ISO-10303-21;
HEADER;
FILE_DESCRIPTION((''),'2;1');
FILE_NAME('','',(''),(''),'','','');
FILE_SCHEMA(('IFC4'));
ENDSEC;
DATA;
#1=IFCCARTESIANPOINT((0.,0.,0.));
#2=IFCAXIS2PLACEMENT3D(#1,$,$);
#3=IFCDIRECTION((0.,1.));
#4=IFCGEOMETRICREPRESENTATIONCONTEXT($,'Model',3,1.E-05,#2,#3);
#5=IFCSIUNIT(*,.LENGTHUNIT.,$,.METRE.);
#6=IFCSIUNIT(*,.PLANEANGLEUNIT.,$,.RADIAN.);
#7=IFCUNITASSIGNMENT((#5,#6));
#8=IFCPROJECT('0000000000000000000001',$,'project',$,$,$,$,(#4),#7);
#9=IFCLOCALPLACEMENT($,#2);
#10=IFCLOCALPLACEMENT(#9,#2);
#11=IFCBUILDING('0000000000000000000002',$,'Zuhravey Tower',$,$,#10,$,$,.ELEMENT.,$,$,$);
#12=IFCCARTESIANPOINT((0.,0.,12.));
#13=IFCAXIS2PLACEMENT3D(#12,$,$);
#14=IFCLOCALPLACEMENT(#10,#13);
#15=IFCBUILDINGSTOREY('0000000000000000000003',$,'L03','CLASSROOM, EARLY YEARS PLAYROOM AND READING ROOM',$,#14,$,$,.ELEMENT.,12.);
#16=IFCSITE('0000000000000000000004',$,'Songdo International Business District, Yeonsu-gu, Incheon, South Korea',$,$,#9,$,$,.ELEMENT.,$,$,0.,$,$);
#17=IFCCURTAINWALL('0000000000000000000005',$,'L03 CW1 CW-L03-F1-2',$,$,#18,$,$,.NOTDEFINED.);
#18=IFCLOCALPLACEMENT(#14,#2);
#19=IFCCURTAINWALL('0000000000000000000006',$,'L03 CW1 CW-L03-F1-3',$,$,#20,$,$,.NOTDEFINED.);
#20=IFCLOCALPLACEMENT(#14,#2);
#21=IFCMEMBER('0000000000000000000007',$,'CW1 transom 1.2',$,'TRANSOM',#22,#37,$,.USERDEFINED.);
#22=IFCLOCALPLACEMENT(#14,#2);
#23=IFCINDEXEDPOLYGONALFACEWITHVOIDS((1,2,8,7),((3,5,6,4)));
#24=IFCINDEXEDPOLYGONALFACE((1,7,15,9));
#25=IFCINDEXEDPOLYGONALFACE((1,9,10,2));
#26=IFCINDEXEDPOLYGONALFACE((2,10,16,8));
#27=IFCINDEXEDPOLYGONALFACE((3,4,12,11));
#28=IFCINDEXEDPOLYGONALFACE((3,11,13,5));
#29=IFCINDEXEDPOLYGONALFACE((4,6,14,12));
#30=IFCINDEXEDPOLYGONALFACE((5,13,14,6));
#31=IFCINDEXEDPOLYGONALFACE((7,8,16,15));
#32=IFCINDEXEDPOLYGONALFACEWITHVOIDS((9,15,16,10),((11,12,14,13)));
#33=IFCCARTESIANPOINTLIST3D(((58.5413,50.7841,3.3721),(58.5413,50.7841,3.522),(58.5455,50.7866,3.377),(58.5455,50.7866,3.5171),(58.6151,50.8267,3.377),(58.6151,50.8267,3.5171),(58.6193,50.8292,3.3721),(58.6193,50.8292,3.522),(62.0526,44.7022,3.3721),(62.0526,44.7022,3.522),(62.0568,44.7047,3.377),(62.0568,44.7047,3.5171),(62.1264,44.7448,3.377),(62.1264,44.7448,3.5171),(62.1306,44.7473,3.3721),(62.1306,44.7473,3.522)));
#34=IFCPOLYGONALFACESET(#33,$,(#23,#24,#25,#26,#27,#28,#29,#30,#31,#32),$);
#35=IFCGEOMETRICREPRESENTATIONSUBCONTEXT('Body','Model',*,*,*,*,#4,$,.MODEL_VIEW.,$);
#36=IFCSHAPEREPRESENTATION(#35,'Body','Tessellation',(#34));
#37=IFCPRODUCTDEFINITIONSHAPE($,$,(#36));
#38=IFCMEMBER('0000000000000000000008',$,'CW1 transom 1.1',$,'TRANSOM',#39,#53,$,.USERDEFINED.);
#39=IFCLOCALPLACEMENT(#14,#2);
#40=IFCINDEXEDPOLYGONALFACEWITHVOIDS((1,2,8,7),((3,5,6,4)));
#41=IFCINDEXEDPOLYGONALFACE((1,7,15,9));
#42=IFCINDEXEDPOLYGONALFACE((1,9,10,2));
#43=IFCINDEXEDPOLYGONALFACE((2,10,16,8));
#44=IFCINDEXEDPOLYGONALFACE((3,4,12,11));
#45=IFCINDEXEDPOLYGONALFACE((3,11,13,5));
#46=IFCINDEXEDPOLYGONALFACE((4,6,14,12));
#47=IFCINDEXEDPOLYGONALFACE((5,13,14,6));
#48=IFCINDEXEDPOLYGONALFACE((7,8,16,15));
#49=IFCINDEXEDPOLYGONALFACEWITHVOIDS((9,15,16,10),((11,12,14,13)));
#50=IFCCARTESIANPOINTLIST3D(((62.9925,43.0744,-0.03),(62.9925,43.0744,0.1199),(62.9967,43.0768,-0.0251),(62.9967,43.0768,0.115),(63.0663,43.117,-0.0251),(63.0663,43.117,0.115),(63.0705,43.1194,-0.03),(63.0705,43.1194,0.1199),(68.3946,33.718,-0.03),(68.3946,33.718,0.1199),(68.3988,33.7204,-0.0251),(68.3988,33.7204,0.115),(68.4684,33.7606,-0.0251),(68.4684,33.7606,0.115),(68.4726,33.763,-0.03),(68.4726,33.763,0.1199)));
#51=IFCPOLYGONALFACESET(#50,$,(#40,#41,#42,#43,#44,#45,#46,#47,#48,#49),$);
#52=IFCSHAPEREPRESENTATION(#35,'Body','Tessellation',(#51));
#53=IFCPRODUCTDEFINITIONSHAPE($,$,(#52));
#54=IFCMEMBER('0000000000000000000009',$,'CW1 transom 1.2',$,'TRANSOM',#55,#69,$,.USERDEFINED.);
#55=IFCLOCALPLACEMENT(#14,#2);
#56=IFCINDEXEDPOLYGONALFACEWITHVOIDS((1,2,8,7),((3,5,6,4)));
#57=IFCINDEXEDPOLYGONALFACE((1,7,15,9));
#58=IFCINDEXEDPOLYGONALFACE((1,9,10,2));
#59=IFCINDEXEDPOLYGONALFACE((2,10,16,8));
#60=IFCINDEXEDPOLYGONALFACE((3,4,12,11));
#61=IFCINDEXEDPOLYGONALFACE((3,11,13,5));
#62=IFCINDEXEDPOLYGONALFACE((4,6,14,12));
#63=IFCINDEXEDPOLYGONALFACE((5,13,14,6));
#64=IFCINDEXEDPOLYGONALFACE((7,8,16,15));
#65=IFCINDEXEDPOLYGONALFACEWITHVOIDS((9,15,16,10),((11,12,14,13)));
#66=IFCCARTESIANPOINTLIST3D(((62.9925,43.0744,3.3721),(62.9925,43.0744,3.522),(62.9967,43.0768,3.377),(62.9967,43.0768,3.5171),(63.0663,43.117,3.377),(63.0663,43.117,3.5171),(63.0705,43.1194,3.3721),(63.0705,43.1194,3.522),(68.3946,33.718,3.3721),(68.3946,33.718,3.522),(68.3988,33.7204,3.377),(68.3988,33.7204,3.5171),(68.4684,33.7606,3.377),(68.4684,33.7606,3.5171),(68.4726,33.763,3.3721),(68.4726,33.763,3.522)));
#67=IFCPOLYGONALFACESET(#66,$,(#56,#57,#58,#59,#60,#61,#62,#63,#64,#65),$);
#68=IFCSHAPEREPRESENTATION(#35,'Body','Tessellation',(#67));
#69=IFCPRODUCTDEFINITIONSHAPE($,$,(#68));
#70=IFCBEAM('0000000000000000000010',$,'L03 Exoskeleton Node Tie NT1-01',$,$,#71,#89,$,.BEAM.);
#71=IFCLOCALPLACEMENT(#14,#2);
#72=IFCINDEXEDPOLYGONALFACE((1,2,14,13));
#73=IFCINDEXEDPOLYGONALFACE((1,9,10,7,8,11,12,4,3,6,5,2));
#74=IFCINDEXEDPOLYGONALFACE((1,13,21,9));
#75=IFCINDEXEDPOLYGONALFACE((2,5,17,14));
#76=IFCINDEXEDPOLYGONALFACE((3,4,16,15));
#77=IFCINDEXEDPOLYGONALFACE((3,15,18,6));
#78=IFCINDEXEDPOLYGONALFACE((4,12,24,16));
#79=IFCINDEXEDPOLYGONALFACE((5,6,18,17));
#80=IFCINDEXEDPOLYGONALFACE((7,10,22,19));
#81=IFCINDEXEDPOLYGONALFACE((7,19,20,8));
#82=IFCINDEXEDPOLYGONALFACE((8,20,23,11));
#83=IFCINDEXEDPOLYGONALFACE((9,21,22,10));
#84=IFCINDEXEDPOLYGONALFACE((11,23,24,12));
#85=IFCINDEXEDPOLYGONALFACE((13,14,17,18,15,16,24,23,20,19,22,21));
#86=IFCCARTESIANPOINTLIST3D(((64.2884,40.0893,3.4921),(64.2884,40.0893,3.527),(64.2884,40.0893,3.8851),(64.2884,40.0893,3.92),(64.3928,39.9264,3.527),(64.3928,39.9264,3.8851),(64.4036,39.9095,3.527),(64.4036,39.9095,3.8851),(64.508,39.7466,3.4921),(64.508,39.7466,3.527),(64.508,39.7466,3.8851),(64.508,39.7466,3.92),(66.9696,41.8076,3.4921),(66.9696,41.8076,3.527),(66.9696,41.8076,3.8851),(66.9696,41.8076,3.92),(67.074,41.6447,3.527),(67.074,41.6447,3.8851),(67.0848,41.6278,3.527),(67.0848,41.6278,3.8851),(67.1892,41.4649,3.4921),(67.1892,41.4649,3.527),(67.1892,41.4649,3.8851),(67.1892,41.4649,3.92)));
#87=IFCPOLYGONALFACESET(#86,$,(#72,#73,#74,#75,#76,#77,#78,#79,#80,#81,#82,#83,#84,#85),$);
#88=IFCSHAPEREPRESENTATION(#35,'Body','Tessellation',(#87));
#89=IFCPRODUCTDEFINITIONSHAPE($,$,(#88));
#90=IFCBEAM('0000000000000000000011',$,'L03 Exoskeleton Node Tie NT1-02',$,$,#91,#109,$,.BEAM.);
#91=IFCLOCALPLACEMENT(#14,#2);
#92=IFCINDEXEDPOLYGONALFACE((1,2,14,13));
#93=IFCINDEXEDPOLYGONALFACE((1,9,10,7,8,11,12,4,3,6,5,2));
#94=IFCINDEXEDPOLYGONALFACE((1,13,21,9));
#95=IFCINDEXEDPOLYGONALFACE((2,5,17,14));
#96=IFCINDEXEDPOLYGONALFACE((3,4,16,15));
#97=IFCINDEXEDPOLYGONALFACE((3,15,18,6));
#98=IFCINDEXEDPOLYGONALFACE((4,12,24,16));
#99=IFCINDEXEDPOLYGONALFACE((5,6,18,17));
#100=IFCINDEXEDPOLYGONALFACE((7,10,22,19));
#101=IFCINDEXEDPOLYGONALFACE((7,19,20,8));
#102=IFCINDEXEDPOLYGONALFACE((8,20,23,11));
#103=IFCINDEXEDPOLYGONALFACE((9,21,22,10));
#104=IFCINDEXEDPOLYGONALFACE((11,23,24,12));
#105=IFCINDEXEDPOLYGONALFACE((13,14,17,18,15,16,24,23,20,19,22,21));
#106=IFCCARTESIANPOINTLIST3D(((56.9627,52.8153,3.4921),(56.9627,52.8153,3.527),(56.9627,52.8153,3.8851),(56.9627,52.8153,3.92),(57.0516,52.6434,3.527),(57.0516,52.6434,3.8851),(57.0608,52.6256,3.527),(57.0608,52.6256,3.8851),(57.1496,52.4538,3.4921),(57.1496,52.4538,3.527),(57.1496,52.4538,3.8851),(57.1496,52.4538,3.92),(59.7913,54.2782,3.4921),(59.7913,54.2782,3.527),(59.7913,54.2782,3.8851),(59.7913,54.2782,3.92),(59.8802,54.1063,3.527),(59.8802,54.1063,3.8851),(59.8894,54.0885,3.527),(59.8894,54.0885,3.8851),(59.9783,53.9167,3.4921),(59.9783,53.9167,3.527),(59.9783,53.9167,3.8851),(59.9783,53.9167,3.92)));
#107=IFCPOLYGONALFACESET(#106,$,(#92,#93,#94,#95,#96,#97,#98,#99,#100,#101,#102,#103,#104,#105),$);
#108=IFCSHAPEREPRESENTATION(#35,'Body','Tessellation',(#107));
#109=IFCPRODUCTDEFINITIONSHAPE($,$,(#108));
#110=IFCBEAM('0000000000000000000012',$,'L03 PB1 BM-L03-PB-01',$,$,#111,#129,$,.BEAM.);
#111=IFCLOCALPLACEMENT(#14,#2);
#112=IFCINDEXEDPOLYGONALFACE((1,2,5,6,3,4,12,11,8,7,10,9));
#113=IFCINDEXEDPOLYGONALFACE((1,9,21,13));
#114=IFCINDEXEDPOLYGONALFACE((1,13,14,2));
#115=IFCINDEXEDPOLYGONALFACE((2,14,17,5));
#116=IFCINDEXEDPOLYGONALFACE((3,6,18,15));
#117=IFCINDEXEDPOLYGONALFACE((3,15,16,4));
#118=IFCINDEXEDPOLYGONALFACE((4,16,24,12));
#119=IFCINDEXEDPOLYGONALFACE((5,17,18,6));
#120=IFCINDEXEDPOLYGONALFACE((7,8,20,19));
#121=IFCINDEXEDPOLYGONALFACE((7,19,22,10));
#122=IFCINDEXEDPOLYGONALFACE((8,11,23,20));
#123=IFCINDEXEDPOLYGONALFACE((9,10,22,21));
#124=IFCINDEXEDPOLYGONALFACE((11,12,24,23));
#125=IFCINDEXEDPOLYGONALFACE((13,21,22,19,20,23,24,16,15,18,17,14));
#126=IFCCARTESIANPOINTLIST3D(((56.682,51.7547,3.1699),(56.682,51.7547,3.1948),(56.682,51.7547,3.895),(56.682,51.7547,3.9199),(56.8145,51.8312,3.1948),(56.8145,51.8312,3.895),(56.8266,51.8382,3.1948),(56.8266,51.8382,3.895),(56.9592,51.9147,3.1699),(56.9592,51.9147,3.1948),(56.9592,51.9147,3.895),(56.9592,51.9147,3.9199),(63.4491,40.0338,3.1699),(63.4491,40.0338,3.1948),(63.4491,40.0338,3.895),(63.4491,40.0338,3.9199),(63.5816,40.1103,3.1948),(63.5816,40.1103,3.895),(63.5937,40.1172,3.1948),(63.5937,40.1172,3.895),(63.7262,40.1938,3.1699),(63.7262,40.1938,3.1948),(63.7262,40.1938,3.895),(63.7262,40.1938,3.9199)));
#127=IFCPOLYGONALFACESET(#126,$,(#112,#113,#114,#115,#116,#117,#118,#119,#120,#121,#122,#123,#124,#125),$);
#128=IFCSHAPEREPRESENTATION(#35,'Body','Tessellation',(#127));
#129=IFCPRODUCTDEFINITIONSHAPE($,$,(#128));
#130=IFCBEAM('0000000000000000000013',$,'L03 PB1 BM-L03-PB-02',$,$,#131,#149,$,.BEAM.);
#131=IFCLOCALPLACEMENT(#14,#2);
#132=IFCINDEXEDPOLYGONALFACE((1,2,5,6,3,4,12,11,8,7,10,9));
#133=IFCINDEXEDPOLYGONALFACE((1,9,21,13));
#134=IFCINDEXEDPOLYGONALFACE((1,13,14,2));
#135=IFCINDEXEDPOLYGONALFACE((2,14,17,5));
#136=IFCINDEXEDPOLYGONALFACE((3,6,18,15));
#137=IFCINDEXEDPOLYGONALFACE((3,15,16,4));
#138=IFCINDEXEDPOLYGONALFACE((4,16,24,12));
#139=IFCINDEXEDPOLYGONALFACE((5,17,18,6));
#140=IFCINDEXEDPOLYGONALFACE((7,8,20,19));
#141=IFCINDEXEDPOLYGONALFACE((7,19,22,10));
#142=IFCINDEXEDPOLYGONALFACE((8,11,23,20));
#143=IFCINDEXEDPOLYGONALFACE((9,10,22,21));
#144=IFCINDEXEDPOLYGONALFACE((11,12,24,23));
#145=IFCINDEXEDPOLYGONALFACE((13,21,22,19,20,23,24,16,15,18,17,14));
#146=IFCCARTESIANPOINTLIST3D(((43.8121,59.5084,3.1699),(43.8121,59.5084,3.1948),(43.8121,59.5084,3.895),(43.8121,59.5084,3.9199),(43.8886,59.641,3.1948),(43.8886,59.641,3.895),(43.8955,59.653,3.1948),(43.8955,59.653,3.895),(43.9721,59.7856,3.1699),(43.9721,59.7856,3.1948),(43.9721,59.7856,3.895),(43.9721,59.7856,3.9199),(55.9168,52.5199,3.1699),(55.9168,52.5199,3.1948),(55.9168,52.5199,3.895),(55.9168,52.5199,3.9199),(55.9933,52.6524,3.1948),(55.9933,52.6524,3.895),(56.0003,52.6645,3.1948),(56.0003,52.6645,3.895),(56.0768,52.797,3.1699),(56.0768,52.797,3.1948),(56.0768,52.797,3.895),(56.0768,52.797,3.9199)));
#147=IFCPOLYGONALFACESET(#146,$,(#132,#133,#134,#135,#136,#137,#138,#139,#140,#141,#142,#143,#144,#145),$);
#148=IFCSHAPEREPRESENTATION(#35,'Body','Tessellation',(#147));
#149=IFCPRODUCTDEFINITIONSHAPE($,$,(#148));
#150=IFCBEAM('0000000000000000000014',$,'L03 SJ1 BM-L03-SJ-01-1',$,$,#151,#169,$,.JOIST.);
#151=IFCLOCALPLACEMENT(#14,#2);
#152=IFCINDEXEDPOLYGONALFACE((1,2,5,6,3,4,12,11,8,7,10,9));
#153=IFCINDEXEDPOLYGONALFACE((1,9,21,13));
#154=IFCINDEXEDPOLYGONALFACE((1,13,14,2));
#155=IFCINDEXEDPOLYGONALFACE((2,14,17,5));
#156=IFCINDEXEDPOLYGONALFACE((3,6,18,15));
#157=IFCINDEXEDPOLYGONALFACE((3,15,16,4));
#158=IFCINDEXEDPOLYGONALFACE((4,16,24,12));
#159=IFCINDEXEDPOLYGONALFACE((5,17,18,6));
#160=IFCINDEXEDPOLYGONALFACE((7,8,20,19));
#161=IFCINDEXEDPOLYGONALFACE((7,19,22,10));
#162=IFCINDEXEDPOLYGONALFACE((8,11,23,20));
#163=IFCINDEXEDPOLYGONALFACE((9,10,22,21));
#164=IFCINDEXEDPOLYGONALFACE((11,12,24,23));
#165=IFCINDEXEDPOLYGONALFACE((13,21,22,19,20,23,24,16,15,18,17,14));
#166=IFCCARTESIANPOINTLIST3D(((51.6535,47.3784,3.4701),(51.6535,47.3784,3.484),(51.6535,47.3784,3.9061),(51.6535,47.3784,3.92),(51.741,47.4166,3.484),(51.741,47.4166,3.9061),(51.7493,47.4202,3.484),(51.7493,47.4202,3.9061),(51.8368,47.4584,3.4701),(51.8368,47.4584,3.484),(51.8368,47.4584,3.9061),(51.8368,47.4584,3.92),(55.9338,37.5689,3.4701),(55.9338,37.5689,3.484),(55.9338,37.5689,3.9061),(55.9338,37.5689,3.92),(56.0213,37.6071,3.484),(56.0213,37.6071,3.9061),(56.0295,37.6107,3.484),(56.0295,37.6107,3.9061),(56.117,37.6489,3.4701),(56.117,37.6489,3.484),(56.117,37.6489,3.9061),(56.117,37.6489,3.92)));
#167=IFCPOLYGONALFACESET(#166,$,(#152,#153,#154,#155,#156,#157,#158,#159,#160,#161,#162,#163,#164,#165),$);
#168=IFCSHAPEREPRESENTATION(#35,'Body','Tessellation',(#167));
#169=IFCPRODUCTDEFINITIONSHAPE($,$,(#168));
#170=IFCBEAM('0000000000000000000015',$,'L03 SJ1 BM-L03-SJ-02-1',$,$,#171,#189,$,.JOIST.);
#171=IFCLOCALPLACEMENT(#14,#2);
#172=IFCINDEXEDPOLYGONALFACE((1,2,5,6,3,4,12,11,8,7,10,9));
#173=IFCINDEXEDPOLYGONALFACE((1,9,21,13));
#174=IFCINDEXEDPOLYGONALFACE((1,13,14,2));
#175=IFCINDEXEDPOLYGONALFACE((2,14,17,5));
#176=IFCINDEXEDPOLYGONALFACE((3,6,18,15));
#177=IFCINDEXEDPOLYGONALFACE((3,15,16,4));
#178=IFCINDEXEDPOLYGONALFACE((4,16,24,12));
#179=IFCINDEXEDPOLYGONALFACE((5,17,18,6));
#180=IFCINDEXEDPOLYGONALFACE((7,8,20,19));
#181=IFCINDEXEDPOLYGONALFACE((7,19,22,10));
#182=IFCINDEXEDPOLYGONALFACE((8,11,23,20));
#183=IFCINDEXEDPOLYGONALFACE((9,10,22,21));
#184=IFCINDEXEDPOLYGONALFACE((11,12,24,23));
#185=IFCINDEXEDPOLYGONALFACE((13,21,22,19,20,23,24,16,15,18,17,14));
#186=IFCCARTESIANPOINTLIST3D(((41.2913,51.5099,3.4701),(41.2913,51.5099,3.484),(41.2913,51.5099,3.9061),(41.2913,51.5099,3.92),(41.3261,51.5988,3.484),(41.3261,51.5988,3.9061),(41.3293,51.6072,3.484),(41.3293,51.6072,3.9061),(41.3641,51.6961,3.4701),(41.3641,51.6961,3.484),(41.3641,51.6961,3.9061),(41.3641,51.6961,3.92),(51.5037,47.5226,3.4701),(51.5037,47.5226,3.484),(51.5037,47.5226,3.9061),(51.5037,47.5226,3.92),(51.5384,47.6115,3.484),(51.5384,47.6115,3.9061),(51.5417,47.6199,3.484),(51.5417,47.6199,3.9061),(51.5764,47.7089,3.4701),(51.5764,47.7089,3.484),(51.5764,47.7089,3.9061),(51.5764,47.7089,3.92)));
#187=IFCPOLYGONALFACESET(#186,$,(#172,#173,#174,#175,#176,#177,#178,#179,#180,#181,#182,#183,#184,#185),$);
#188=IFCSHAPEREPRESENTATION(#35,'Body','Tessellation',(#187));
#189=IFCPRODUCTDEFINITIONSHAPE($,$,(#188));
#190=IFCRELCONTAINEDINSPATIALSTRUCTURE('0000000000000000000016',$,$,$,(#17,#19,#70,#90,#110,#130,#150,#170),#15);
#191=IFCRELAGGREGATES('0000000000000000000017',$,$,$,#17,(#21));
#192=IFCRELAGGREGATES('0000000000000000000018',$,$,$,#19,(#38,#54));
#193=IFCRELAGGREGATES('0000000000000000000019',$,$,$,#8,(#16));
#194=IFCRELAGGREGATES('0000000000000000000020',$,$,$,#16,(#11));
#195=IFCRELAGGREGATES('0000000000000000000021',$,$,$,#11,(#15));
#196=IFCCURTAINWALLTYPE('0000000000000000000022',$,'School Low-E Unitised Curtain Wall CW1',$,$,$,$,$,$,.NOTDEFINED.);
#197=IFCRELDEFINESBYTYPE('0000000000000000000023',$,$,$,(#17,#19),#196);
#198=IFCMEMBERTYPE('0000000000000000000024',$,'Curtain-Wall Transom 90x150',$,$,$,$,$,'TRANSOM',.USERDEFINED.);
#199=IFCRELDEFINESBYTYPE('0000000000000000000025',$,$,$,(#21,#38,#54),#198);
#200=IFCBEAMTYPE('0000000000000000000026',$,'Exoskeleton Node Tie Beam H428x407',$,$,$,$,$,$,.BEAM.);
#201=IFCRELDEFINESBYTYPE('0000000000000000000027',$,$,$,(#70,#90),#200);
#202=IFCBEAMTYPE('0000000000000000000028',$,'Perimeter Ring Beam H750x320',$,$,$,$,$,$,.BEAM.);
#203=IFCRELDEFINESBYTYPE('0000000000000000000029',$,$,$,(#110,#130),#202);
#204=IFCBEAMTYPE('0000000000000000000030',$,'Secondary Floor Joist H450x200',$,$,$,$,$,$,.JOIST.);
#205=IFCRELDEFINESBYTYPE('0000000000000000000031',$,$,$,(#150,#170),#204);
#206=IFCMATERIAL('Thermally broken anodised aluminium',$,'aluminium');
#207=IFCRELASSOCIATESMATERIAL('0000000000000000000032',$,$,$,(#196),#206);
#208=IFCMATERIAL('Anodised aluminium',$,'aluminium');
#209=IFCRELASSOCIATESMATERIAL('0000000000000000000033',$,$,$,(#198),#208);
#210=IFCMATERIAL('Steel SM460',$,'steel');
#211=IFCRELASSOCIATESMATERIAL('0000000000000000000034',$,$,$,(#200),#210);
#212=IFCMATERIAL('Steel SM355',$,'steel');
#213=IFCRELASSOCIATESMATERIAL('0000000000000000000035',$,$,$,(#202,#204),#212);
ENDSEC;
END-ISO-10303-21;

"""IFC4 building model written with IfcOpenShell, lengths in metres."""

from ifc_helpers import new_model, si_unit, direction, frame, origin, origin_2d, place, context, subcontext, project, spatial, hollow_rectangle, i_section, extrude, material, material_profile, profile_set, type_object, element, aggregate, save


model = new_model("IFC4")

# Units and contexts
model_context = context("Model", 3, precision=1e-05, world=origin(), true_north=direction((0.0, 1.0)))
body_context = subcontext(model_context, "Body", "Model", "MODEL_VIEW")
ifc_project = project(units=[si_unit("LENGTHUNIT", "METRE"), si_unit("PLANEANGLEUNIT", "RADIAN")], contexts=[model_context])

# Site, building, storey
site_placement = place(None, origin())
site = spatial("IfcSite", under=ifc_project, at=site_placement, Name="Songdo International Business District, Yeonsu-gu, Incheon, South Korea", CompositionType="ELEMENT", RefElevation=0.0)
building_placement = place(site_placement, origin())
building = spatial("IfcBuilding", under=site, at=building_placement, Name="Zuhravey Tower", CompositionType="ELEMENT")
storey_placement = place(building_placement, frame((0.0, 0.0, 12.0)))
storey = spatial("IfcBuildingStorey", under=building, at=storey_placement, Name="L03", Description="CLASSROOM, EARLY YEARS PLAYROOM AND READING ROOM", CompositionType="ELEMENT", Elevation=12.0)

# Shared definitions
ifc_material_1 = material(Name="Thermally broken anodised aluminium", Category="aluminium")
curtain_wall_type = type_object("IfcCurtainWallType", Name="School Low-E Unitised Curtain Wall CW1", PredefinedType="NOTDEFINED", material=ifc_material_1)
ifc_material_2 = material(Name="Anodised aluminium", Category="aluminium")

# Curtain wall
curtain_wall_1_placement = place(storey_placement, origin())
curtain_wall_1 = element("IfcCurtainWall", 1, at=curtain_wall_1_placement, inside=storey, type_object=curtain_wall_type, Name="L03 CW1 CW-L03-F1-2", PredefinedType="NOTDEFINED")

# Curtain wall
curtain_wall_2_placement = place(storey_placement, origin())
curtain_wall_2 = element("IfcCurtainWall", 2, at=curtain_wall_2_placement, inside=storey, type_object=curtain_wall_type, Name="L03 CW1 CW-L03-F1-3", PredefinedType="NOTDEFINED")

# Members
ifc_material_profile_1 = material_profile(ifc_material_2, hollow_rectangle(XDim=0.0901, YDim=0.1499, WallThickness=0.0049, at=origin_2d()), Name="ALU-RHS-90x150x5")
ifc_profile_set_1 = profile_set([ifc_material_profile_1], Name="Anodised aluminium")
member_type_1 = type_object("IfcMemberType", Name="Curtain-Wall Transom 90x150", ElementType="TRANSOM", PredefinedType="USERDEFINED", material=ifc_profile_set_1)
member_1_placement = place(storey_placement, frame((58.5803, 50.8066, 3.447), z_axis=(0.49999, -0.866031, 0.0), x_axis=(0.866031, 0.49999, 0.0)))
member_1 = element("IfcMember", 3, at=member_1_placement, type_object=member_type_1, Name="CW1 transom 1.2", ObjectType="TRANSOM", PredefinedType="USERDEFINED", context=body_context, shape_type="SweptSolid", body=[
    extrude(hollow_rectangle(XDim=0.0901, YDim=0.1499, WallThickness=0.0049, at=origin_2d()), origin(), (0.0, 0.0, 1.0), 7.0227),
])
member_2_placement = place(storey_placement, frame((63.0315, 43.0969, 0.0449), z_axis=(0.500011, -0.866019, 0.0), x_axis=(0.866019, 0.500011, 0.0)))
member_2 = element("IfcMember", 4, at=member_2_placement, type_object=member_type_1, Name="CW1 transom 1.1", ObjectType="TRANSOM", PredefinedType="USERDEFINED", context=body_context, shape_type="SweptSolid", body=[
    extrude(hollow_rectangle(XDim=0.0901, YDim=0.1499, WallThickness=0.0049, at=origin_2d()), origin(), (0.0, 0.0, 1.0), 10.804),
])
member_3_placement = place(storey_placement, frame((63.0315, 43.0969, 3.447), z_axis=(0.500011, -0.866019, 0.0), x_axis=(0.866019, 0.500011, 0.0)))
member_3 = element("IfcMember", 5, at=member_3_placement, type_object=member_type_1, Name="CW1 transom 1.2", ObjectType="TRANSOM", PredefinedType="USERDEFINED", context=body_context, shape_type="SweptSolid", body=[
    extrude(hollow_rectangle(XDim=0.0901, YDim=0.1499, WallThickness=0.0049, at=origin_2d()), origin(), (0.0, 0.0, 1.0), 10.804),
])

# Beams
ifc_material_3 = material(Name="Steel SM460", Category="steel")
ifc_material_profile_2 = material_profile(ifc_material_3, i_section(OverallWidth=0.407, OverallDepth=0.428, WebThickness=0.02, FlangeThickness=0.0349, at=origin_2d()), Name="H-428x407x20x35")
ifc_profile_set_2 = profile_set([ifc_material_profile_2], Name="Steel SM460")
beam_type_1 = type_object("IfcBeamType", Name="Exoskeleton Node Tie Beam H428x407", PredefinedType="BEAM", material=ifc_profile_set_2)
for number, where, z_axis, x_axis, name in (
    (6, (64.3982, 39.918, 3.7061), (0.84194, 0.539571, 0.0), (-0.539571, 0.84194, 0.0), "L03 Exoskeleton Node Tie NT1-01"),
    (7, (57.0562, 52.6345, 3.7061), (0.888241, 0.459377, 0.0), (-0.459377, 0.888241, 0.0), "L03 Exoskeleton Node Tie NT1-02"),
):
    element("IfcBeam", number, at=place(storey_placement, frame(where, z_axis=z_axis, x_axis=x_axis)), inside=storey, type_object=beam_type_1, Name=name, PredefinedType="BEAM", context=body_context, shape_type="SweptSolid", body=[
        extrude(i_section(OverallWidth=0.407, OverallDepth=0.428, WebThickness=0.02, FlangeThickness=0.0349, at=origin_2d()), origin(), (0.0, 0.0, 1.0), 3.1846),
    ])
ifc_material_4 = material(Name="Steel SM355", Category="steel")
ifc_material_profile_3 = material_profile(ifc_material_4, i_section(OverallWidth=0.3201, OverallDepth=0.75, WebThickness=0.0139, FlangeThickness=0.0249, at=origin_2d()), Name="H-750x320x14x25")
ifc_profile_set_3 = profile_set([ifc_material_profile_3], Name="Steel SM355")
beam_type_2 = type_object("IfcBeamType", Name="Perimeter Ring Beam H750x320", PredefinedType="BEAM", material=ifc_profile_set_3)
beam_1_placement = place(storey_placement, frame((63.5876, 40.1138, 3.5449), z_axis=(-0.5, 0.866025, 0.0), x_axis=(-0.866025, -0.5, 0.0)))
element("IfcBeam", 8, at=beam_1_placement, inside=storey, type_object=beam_type_2, Name="L03 PB1 BM-L03-PB-01", PredefinedType="BEAM", context=body_context, shape_type="SweptSolid", body=[
    extrude(i_section(OverallWidth=0.3201, OverallDepth=0.75, WebThickness=0.0139, FlangeThickness=0.0249, at=origin_2d()), origin(), (0.0, 0.0, 1.0), 13.5342),
])
beam_2_placement = place(storey_placement, frame((55.9968, 52.6584, 3.5449), z_axis=(-0.86603, 0.499992, 0.0), x_axis=(-0.499992, -0.86603, 0.0)))
element("IfcBeam", 9, at=beam_2_placement, inside=storey, type_object=beam_type_2, Name="L03 PB1 BM-L03-PB-02", PredefinedType="BEAM", context=body_context, shape_type="SweptSolid", body=[
    extrude(i_section(OverallWidth=0.3201, OverallDepth=0.75, WebThickness=0.0139, FlangeThickness=0.0249, at=origin_2d()), origin(), (0.0, 0.0, 1.0), 13.9773),
])
ifc_material_profile_4 = material_profile(ifc_material_4, i_section(OverallWidth=0.2, OverallDepth=0.45, WebThickness=0.009, FlangeThickness=0.0139, at=origin_2d()), Name="H-450x200x9x14")
ifc_profile_set_4 = profile_set([ifc_material_profile_4], Name="Steel SM355")
beam_type_3 = type_object("IfcBeamType", Name="Secondary Floor Joist H450x200", PredefinedType="JOIST", material=ifc_profile_set_4)
beam_3_placement = place(storey_placement, frame((56.0254, 37.6089, 3.6951), z_axis=(-0.399924, 0.916549, 0.0), x_axis=(-0.916549, -0.399924, 0.0)))
element("IfcBeam", 10, at=beam_3_placement, inside=storey, type_object=beam_type_3, Name="L03 SJ1 BM-L03-SJ-01-1", PredefinedType="JOIST", context=body_context, shape_type="SweptSolid", body=[
    extrude(i_section(OverallWidth=0.2, OverallDepth=0.45, WebThickness=0.009, FlangeThickness=0.0139, at=origin_2d()), origin(), (0.0, 0.0, 1.0), 10.7026),
])
beam_4_placement = place(storey_placement, frame((51.54, 47.6157, 3.6951), z_axis=(-0.931517, 0.363699, 0.0), x_axis=(-0.363699, -0.931517, 0.0)))
element("IfcBeam", 11, at=beam_4_placement, inside=storey, type_object=beam_type_3, Name="L03 SJ1 BM-L03-SJ-02-1", PredefinedType="JOIST", context=body_context, shape_type="SweptSolid", body=[
    extrude(i_section(OverallWidth=0.2, OverallDepth=0.45, WebThickness=0.009, FlangeThickness=0.0139, at=origin_2d()), origin(), (0.0, 0.0, 1.0), 10.9631),
])

aggregate(curtain_wall_1, [member_1])
aggregate(curtain_wall_2, [member_2, member_3])

save(model, "model.ifc")
